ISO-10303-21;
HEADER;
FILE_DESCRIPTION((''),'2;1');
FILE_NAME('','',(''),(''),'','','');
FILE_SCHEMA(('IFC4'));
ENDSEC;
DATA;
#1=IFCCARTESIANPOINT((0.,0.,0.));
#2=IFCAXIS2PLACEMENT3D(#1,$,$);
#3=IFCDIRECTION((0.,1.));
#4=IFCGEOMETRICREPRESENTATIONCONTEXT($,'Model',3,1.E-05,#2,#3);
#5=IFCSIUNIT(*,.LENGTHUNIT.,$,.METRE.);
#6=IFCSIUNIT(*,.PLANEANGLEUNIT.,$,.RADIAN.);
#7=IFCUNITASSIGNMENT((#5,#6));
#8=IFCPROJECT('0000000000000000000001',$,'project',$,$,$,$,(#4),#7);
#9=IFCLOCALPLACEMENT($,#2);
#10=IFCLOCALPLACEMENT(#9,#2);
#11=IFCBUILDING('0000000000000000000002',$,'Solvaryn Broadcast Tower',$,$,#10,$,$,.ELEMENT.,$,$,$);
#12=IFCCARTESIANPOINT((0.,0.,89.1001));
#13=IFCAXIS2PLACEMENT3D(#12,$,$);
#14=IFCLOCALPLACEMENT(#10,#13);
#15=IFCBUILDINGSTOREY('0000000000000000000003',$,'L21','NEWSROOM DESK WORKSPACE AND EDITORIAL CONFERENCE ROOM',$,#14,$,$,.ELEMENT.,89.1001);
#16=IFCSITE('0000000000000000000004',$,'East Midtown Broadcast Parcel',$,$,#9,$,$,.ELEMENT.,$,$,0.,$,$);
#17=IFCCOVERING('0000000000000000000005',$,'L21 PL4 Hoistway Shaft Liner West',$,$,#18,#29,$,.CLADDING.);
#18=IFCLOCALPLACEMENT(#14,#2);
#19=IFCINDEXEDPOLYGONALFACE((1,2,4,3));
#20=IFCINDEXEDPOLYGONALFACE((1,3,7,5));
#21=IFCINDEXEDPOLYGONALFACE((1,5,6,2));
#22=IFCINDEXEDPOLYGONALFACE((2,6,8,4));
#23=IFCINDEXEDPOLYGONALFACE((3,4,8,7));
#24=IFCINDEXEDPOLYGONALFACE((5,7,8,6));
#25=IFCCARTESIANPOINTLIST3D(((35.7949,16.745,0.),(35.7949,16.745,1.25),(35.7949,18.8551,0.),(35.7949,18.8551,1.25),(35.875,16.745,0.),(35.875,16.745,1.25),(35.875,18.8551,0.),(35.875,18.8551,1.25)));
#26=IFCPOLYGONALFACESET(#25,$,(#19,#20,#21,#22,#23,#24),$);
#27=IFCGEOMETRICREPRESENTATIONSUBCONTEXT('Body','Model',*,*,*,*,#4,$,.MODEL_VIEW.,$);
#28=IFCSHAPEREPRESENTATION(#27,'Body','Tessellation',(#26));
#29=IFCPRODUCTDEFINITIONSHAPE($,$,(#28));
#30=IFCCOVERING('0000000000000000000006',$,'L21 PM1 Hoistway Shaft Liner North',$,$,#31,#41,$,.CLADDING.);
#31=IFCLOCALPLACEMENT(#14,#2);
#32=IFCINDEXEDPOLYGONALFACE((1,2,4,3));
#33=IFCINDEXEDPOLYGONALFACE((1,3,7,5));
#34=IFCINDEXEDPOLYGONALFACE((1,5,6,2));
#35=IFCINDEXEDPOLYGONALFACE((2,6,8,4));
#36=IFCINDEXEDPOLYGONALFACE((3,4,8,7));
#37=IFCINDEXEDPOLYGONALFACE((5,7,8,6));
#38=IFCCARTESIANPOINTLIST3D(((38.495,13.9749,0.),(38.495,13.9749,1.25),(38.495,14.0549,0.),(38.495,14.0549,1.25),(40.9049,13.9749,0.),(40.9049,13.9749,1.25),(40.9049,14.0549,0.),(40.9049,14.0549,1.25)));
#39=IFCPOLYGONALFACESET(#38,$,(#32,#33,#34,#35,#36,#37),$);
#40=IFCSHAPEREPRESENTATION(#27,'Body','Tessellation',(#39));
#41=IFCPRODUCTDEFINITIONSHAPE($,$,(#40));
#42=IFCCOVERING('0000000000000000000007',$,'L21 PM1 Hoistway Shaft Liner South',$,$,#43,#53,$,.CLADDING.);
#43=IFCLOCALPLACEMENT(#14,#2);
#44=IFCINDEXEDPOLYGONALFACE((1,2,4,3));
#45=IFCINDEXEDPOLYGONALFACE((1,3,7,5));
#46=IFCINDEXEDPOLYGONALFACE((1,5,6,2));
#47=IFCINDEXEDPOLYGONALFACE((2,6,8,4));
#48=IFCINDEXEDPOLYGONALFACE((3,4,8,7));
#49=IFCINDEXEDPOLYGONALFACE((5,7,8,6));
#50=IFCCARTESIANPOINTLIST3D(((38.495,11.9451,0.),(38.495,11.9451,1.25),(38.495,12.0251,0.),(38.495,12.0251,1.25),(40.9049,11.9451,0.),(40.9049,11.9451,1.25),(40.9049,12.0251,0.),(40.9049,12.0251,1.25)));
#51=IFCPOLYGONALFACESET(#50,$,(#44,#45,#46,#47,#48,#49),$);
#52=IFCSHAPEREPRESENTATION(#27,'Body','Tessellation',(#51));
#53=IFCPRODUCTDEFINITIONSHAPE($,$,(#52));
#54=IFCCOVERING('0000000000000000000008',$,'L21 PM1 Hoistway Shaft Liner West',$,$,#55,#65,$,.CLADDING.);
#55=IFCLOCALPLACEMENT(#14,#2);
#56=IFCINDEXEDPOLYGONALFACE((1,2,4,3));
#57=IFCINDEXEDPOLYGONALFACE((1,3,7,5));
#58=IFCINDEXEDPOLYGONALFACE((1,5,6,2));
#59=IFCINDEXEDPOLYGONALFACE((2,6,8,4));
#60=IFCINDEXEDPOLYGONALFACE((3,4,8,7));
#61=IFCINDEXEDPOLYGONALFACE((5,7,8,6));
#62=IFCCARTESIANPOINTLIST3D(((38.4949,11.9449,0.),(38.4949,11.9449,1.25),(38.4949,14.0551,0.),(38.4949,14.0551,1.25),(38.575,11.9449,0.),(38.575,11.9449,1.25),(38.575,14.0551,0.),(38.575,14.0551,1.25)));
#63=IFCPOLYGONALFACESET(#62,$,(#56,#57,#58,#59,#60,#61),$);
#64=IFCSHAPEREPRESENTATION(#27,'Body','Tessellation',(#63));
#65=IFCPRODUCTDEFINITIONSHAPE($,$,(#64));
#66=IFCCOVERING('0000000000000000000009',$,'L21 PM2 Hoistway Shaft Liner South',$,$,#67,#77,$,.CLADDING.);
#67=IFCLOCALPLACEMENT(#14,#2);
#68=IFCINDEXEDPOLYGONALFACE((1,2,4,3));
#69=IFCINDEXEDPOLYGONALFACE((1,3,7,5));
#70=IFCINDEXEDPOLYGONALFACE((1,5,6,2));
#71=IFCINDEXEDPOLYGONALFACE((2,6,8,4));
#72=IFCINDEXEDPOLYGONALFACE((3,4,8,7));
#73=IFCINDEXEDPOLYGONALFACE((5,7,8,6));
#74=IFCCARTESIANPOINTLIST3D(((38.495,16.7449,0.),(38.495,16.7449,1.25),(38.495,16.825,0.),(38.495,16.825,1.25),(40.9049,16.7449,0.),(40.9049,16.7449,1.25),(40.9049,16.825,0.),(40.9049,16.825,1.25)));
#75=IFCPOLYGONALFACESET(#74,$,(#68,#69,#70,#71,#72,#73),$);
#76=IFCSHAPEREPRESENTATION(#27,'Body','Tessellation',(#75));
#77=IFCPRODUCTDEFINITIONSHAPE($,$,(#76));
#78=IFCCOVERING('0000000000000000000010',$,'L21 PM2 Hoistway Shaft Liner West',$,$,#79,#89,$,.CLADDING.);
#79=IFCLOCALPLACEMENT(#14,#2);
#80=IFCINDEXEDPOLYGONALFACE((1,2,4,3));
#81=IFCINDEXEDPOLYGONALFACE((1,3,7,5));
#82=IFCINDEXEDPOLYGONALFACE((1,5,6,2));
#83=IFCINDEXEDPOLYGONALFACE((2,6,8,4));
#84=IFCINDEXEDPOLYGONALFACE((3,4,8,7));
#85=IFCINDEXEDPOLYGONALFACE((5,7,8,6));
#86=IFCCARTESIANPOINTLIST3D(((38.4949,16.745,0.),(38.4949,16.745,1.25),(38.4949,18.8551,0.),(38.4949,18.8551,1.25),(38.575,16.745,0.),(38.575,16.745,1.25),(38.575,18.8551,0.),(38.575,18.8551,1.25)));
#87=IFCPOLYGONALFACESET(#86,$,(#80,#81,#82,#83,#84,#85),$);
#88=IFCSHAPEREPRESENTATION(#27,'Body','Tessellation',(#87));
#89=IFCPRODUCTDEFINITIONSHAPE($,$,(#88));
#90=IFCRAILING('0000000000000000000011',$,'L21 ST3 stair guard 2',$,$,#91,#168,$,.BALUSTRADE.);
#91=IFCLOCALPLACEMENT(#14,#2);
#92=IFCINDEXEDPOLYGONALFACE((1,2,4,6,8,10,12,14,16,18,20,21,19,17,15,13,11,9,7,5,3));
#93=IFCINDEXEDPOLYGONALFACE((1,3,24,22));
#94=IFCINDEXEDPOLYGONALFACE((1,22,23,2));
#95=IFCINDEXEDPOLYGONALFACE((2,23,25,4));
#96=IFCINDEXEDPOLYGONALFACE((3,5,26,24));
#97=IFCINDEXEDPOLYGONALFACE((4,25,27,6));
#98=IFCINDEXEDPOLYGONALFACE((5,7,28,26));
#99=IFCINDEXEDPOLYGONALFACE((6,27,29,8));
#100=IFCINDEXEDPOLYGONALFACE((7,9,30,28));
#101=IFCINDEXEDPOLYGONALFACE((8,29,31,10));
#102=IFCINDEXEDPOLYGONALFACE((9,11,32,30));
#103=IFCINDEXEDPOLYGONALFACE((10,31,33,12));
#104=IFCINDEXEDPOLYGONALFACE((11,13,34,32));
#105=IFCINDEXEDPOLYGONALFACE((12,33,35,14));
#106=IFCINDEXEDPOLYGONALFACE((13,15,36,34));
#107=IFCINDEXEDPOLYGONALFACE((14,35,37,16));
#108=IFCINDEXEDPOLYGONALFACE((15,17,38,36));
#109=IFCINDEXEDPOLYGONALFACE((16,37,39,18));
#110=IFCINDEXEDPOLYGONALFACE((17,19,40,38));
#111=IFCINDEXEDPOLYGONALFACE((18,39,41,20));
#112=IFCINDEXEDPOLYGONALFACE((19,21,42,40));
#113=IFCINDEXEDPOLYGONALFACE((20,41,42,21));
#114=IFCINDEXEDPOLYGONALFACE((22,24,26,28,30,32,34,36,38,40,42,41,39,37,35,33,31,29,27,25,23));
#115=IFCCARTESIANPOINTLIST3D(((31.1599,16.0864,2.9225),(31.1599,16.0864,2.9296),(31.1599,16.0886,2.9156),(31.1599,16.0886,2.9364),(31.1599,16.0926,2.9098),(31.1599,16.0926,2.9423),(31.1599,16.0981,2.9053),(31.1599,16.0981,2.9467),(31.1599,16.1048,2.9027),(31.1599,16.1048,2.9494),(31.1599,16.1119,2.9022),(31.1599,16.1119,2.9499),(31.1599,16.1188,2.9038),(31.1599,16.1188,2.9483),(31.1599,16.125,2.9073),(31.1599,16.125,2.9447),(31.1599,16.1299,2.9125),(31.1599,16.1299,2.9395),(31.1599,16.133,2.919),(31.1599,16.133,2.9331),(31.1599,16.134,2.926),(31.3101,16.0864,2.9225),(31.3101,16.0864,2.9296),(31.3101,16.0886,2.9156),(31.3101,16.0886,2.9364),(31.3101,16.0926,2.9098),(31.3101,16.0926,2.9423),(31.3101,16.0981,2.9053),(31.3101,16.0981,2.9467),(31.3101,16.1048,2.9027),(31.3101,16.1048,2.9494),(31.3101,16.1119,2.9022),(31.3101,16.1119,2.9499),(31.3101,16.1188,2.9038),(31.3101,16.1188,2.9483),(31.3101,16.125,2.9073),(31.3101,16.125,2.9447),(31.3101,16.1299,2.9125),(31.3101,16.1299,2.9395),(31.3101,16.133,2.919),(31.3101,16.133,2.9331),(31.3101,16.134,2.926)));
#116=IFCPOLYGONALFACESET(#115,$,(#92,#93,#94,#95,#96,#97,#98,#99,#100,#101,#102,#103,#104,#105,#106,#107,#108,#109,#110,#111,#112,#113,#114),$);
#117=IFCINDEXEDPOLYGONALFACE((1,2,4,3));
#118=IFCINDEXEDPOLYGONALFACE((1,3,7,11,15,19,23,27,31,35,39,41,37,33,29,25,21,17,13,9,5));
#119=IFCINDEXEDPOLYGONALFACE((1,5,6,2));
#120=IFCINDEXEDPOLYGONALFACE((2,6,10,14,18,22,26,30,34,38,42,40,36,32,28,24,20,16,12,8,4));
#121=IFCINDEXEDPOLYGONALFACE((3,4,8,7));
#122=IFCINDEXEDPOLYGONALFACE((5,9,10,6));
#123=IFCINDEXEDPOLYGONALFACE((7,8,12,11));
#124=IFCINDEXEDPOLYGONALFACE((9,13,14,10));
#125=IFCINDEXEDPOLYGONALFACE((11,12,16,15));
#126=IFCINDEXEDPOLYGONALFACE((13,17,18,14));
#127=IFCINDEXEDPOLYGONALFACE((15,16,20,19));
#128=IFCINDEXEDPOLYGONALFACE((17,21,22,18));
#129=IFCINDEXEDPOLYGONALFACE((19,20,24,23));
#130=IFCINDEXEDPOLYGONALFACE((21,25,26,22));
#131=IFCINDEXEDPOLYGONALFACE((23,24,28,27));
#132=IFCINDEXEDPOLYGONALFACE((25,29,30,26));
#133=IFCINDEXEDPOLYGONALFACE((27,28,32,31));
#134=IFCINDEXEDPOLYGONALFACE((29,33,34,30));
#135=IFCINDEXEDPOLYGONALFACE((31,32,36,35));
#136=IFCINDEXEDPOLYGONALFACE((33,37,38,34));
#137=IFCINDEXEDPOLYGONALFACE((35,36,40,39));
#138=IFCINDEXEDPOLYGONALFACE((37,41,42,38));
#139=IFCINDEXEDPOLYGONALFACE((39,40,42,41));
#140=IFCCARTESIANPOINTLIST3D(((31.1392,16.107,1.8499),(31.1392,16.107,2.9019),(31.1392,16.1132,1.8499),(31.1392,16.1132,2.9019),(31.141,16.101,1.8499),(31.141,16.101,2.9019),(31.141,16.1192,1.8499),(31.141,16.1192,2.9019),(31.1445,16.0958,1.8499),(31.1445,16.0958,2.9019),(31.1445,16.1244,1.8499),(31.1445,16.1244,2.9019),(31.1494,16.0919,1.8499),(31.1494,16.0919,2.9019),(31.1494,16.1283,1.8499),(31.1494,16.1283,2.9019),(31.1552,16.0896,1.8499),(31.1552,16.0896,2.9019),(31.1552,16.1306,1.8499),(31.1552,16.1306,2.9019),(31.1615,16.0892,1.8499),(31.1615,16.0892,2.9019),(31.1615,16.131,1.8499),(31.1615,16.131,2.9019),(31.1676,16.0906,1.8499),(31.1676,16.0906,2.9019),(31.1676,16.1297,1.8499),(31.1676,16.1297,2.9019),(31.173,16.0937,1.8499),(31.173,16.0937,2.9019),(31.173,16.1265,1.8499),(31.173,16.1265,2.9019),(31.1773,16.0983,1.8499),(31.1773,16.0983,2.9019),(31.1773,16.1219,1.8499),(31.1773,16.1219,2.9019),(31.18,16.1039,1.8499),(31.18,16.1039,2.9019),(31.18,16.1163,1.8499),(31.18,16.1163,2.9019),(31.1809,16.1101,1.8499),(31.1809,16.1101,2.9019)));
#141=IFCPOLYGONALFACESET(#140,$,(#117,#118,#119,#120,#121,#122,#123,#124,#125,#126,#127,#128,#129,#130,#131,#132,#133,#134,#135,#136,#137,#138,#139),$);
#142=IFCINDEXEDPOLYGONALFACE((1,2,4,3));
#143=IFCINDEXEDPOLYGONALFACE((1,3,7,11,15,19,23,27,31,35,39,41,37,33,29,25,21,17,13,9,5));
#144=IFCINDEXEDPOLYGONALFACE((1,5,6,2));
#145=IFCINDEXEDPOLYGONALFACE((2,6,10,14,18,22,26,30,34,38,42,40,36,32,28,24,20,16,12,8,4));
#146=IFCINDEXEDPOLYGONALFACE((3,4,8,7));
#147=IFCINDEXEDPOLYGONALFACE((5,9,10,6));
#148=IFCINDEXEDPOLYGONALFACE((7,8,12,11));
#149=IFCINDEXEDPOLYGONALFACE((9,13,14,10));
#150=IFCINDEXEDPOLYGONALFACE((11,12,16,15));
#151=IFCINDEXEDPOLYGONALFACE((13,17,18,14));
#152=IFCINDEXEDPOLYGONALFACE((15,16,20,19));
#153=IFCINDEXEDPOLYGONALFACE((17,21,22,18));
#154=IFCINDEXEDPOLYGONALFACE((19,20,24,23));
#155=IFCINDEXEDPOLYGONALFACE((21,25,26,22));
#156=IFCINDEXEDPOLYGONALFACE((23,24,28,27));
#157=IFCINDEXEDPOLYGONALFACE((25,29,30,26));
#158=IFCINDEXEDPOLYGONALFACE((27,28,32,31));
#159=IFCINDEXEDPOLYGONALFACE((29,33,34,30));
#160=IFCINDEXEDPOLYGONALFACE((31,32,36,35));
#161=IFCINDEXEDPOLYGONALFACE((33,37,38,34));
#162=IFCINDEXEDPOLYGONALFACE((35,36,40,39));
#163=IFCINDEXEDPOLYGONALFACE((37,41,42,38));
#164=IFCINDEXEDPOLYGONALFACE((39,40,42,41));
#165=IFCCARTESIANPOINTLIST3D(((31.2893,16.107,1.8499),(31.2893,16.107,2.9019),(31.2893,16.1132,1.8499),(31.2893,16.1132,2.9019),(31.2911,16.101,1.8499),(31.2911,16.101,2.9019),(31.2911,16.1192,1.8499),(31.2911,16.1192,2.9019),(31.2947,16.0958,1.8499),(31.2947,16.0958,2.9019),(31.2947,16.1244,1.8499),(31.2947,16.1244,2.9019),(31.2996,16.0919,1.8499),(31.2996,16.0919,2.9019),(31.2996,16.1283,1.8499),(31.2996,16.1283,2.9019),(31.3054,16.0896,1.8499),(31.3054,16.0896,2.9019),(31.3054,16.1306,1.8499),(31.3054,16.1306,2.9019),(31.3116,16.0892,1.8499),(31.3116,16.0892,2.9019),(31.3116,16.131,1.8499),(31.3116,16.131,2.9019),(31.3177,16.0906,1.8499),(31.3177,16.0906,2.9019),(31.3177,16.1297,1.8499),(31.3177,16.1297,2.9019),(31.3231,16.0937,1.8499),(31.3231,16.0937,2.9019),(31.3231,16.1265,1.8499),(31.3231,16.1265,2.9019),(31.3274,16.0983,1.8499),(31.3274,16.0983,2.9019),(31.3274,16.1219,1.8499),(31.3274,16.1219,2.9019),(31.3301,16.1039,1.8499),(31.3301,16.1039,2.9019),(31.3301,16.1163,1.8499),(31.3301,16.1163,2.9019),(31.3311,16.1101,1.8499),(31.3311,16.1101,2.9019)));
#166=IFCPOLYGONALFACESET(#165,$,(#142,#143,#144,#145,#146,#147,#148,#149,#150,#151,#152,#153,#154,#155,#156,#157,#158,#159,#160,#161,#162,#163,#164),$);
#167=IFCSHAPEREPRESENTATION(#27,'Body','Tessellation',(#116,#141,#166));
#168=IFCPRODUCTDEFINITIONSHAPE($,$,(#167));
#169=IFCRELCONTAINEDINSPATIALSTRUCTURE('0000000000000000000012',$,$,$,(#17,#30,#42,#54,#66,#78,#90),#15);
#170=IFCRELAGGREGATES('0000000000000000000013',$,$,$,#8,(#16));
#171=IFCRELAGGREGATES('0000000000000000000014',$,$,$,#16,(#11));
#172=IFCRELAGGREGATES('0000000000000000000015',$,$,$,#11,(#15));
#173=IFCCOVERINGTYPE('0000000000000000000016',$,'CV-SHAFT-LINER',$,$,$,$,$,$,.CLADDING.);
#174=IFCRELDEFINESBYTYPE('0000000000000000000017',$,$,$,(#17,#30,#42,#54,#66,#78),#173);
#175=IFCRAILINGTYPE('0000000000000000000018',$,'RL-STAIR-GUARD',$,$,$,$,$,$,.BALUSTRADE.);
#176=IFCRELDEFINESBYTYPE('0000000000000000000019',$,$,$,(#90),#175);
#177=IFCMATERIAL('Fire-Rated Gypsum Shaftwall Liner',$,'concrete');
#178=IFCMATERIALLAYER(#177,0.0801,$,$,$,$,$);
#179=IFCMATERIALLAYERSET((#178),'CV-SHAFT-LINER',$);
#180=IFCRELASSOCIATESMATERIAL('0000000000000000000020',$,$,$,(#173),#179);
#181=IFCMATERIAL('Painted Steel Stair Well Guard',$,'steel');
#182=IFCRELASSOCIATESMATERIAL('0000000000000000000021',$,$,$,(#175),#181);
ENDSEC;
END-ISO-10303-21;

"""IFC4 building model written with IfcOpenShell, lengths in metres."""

from ifc_helpers import new_model, si_unit, direction, frame, origin, origin_2d, place, context, subcontext, project, spatial, rectangle, circle, extrude, material, layer, layer_set, type_object, element, save


model = new_model("IFC4")

# Units and contexts
model_context = context("Model", 3, precision=1e-05, world=origin(), true_north=direction((0.0, 1.0)))
body_context = subcontext(model_context, "Body", "Model", "MODEL_VIEW")
ifc_project = project(units=[si_unit("LENGTHUNIT", "METRE"), si_unit("PLANEANGLEUNIT", "RADIAN")], contexts=[model_context])

# Site, building, storey
site_placement = place(None, origin())
site = spatial("IfcSite", under=ifc_project, at=site_placement, Name="East Midtown Broadcast Parcel", CompositionType="ELEMENT", RefElevation=0.0)
building_placement = place(site_placement, origin())
building = spatial("IfcBuilding", under=site, at=building_placement, Name="Solvaryn Broadcast Tower", CompositionType="ELEMENT")
storey_placement = place(building_placement, frame((0.0, 0.0, 89.1001)))
storey = spatial("IfcBuildingStorey", under=building, at=storey_placement, Name="L21", Description="NEWSROOM DESK WORKSPACE AND EDITORIAL CONFERENCE ROOM", CompositionType="ELEMENT", Elevation=89.1001)

# Coverings
ifc_material_1 = material(Name="Fire-Rated Gypsum Shaftwall Liner", Category="concrete")
ifc_layer_1 = layer(ifc_material_1, 0.0801)
ifc_layer_set_1 = layer_set([ifc_layer_1], Name="CV-SHAFT-LINER")
covering_type = type_object("IfcCoveringType", Name="CV-SHAFT-LINER", PredefinedType="CLADDING", material=ifc_layer_set_1)
for number, where, z_axis, x_axis, name in (
    (1, (35.835, 17.8, 0.0), (0.0, 0.0, 1.0), (1.0, 0.0, 0.0), "L21 PL4 Hoistway Shaft Liner West"),
):
    element("IfcCovering", number, at=place(storey_placement, frame(where, z_axis=z_axis, x_axis=x_axis)), inside=storey, type_object=covering_type, Name=name, PredefinedType="CLADDING", context=body_context, shape_type="SweptSolid", body=[
        extrude(rectangle(XDim=0.0801, YDim=2.1101, at=origin_2d()), origin(), (0.0, 0.0, 1.0), 1.25),
    ])
for number, where, z_axis, x_axis, name in (
    (2, (39.7, 14.0149, 0.0), (0.0, 0.0, 1.0), (1.0, 0.0, 0.0), "L21 PM1 Hoistway Shaft Liner North"),
    (3, (39.7, 11.9851, 0.0), (0.0, 0.0, 1.0), (1.0, 0.0, 0.0), "L21 PM1 Hoistway Shaft Liner South"),
):
    element("IfcCovering", number, at=place(storey_placement, frame(where, z_axis=z_axis, x_axis=x_axis)), inside=storey, type_object=covering_type, Name=name, PredefinedType="CLADDING", context=body_context, shape_type="SweptSolid", body=[
        extrude(rectangle(XDim=2.4099, YDim=0.0801, at=origin_2d()), origin(), (0.0, 0.0, 1.0), 1.25),
    ])
covering_1_placement = place(storey_placement, frame((38.5349, 13.0, 0.0), z_axis=(0.0, 0.0, 1.0), x_axis=(1.0, 0.0, 0.0)))
element("IfcCovering", 4, at=covering_1_placement, inside=storey, type_object=covering_type, Name="L21 PM1 Hoistway Shaft Liner West", PredefinedType="CLADDING", context=body_context, shape_type="SweptSolid", body=[
    extrude(rectangle(XDim=0.0801, YDim=2.1101, at=origin_2d()), origin(), (0.0, 0.0, 1.0), 1.25),
])
covering_2_placement = place(storey_placement, frame((39.7, 16.7849, 0.0), z_axis=(0.0, 0.0, 1.0), x_axis=(1.0, 0.0, 0.0)))
element("IfcCovering", 5, at=covering_2_placement, inside=storey, type_object=covering_type, Name="L21 PM2 Hoistway Shaft Liner South", PredefinedType="CLADDING", context=body_context, shape_type="SweptSolid", body=[
    extrude(rectangle(XDim=2.4099, YDim=0.0801, at=origin_2d()), origin(), (0.0, 0.0, 1.0), 1.25),
])
covering_3_placement = place(storey_placement, frame((38.5349, 17.8, 0.0), z_axis=(0.0, 0.0, 1.0), x_axis=(1.0, 0.0, 0.0)))
element("IfcCovering", 6, at=covering_3_placement, inside=storey, type_object=covering_type, Name="L21 PM2 Hoistway Shaft Liner West", PredefinedType="CLADDING", context=body_context, shape_type="SweptSolid", body=[
    extrude(rectangle(XDim=0.0801, YDim=2.1101, at=origin_2d()), origin(), (0.0, 0.0, 1.0), 1.25),
])

# Railing
ifc_material_2 = material(Name="Painted Steel Stair Well Guard", Category="steel")
railing_type_1 = type_object("IfcRailingType", Name="RL-STAIR-GUARD", PredefinedType="BALUSTRADE", material=ifc_material_2)
railing_1_placement = place(storey_placement, frame((31.1599, 16.1101, 1.8499)))
element("IfcRailing", 7, at=railing_1_placement, inside=storey, type_object=railing_type_1, Name="L21 ST3 stair guard 2", PredefinedType="BALUSTRADE", context=body_context, shape_type="SweptSolid", body=[
    extrude(circle(Radius=0.0239, at=origin_2d()), frame((0.0, 0.0, 1.0762), z_axis=(1.0, 0.0, 0.0), x_axis=(0.0, 1.0, 0.0)), (0.0, 0.0, 1.0), 0.1501),
    extrude(circle(Radius=0.021, at=origin_2d()), origin(), (0.0, 0.0, 1.0), 1.052),
    extrude(circle(Radius=0.021, at=origin_2d()), frame((0.1501, 0.0, 0.0)), (0.0, 0.0, 1.0), 1.052),
])

save(model, "model.ifc")
